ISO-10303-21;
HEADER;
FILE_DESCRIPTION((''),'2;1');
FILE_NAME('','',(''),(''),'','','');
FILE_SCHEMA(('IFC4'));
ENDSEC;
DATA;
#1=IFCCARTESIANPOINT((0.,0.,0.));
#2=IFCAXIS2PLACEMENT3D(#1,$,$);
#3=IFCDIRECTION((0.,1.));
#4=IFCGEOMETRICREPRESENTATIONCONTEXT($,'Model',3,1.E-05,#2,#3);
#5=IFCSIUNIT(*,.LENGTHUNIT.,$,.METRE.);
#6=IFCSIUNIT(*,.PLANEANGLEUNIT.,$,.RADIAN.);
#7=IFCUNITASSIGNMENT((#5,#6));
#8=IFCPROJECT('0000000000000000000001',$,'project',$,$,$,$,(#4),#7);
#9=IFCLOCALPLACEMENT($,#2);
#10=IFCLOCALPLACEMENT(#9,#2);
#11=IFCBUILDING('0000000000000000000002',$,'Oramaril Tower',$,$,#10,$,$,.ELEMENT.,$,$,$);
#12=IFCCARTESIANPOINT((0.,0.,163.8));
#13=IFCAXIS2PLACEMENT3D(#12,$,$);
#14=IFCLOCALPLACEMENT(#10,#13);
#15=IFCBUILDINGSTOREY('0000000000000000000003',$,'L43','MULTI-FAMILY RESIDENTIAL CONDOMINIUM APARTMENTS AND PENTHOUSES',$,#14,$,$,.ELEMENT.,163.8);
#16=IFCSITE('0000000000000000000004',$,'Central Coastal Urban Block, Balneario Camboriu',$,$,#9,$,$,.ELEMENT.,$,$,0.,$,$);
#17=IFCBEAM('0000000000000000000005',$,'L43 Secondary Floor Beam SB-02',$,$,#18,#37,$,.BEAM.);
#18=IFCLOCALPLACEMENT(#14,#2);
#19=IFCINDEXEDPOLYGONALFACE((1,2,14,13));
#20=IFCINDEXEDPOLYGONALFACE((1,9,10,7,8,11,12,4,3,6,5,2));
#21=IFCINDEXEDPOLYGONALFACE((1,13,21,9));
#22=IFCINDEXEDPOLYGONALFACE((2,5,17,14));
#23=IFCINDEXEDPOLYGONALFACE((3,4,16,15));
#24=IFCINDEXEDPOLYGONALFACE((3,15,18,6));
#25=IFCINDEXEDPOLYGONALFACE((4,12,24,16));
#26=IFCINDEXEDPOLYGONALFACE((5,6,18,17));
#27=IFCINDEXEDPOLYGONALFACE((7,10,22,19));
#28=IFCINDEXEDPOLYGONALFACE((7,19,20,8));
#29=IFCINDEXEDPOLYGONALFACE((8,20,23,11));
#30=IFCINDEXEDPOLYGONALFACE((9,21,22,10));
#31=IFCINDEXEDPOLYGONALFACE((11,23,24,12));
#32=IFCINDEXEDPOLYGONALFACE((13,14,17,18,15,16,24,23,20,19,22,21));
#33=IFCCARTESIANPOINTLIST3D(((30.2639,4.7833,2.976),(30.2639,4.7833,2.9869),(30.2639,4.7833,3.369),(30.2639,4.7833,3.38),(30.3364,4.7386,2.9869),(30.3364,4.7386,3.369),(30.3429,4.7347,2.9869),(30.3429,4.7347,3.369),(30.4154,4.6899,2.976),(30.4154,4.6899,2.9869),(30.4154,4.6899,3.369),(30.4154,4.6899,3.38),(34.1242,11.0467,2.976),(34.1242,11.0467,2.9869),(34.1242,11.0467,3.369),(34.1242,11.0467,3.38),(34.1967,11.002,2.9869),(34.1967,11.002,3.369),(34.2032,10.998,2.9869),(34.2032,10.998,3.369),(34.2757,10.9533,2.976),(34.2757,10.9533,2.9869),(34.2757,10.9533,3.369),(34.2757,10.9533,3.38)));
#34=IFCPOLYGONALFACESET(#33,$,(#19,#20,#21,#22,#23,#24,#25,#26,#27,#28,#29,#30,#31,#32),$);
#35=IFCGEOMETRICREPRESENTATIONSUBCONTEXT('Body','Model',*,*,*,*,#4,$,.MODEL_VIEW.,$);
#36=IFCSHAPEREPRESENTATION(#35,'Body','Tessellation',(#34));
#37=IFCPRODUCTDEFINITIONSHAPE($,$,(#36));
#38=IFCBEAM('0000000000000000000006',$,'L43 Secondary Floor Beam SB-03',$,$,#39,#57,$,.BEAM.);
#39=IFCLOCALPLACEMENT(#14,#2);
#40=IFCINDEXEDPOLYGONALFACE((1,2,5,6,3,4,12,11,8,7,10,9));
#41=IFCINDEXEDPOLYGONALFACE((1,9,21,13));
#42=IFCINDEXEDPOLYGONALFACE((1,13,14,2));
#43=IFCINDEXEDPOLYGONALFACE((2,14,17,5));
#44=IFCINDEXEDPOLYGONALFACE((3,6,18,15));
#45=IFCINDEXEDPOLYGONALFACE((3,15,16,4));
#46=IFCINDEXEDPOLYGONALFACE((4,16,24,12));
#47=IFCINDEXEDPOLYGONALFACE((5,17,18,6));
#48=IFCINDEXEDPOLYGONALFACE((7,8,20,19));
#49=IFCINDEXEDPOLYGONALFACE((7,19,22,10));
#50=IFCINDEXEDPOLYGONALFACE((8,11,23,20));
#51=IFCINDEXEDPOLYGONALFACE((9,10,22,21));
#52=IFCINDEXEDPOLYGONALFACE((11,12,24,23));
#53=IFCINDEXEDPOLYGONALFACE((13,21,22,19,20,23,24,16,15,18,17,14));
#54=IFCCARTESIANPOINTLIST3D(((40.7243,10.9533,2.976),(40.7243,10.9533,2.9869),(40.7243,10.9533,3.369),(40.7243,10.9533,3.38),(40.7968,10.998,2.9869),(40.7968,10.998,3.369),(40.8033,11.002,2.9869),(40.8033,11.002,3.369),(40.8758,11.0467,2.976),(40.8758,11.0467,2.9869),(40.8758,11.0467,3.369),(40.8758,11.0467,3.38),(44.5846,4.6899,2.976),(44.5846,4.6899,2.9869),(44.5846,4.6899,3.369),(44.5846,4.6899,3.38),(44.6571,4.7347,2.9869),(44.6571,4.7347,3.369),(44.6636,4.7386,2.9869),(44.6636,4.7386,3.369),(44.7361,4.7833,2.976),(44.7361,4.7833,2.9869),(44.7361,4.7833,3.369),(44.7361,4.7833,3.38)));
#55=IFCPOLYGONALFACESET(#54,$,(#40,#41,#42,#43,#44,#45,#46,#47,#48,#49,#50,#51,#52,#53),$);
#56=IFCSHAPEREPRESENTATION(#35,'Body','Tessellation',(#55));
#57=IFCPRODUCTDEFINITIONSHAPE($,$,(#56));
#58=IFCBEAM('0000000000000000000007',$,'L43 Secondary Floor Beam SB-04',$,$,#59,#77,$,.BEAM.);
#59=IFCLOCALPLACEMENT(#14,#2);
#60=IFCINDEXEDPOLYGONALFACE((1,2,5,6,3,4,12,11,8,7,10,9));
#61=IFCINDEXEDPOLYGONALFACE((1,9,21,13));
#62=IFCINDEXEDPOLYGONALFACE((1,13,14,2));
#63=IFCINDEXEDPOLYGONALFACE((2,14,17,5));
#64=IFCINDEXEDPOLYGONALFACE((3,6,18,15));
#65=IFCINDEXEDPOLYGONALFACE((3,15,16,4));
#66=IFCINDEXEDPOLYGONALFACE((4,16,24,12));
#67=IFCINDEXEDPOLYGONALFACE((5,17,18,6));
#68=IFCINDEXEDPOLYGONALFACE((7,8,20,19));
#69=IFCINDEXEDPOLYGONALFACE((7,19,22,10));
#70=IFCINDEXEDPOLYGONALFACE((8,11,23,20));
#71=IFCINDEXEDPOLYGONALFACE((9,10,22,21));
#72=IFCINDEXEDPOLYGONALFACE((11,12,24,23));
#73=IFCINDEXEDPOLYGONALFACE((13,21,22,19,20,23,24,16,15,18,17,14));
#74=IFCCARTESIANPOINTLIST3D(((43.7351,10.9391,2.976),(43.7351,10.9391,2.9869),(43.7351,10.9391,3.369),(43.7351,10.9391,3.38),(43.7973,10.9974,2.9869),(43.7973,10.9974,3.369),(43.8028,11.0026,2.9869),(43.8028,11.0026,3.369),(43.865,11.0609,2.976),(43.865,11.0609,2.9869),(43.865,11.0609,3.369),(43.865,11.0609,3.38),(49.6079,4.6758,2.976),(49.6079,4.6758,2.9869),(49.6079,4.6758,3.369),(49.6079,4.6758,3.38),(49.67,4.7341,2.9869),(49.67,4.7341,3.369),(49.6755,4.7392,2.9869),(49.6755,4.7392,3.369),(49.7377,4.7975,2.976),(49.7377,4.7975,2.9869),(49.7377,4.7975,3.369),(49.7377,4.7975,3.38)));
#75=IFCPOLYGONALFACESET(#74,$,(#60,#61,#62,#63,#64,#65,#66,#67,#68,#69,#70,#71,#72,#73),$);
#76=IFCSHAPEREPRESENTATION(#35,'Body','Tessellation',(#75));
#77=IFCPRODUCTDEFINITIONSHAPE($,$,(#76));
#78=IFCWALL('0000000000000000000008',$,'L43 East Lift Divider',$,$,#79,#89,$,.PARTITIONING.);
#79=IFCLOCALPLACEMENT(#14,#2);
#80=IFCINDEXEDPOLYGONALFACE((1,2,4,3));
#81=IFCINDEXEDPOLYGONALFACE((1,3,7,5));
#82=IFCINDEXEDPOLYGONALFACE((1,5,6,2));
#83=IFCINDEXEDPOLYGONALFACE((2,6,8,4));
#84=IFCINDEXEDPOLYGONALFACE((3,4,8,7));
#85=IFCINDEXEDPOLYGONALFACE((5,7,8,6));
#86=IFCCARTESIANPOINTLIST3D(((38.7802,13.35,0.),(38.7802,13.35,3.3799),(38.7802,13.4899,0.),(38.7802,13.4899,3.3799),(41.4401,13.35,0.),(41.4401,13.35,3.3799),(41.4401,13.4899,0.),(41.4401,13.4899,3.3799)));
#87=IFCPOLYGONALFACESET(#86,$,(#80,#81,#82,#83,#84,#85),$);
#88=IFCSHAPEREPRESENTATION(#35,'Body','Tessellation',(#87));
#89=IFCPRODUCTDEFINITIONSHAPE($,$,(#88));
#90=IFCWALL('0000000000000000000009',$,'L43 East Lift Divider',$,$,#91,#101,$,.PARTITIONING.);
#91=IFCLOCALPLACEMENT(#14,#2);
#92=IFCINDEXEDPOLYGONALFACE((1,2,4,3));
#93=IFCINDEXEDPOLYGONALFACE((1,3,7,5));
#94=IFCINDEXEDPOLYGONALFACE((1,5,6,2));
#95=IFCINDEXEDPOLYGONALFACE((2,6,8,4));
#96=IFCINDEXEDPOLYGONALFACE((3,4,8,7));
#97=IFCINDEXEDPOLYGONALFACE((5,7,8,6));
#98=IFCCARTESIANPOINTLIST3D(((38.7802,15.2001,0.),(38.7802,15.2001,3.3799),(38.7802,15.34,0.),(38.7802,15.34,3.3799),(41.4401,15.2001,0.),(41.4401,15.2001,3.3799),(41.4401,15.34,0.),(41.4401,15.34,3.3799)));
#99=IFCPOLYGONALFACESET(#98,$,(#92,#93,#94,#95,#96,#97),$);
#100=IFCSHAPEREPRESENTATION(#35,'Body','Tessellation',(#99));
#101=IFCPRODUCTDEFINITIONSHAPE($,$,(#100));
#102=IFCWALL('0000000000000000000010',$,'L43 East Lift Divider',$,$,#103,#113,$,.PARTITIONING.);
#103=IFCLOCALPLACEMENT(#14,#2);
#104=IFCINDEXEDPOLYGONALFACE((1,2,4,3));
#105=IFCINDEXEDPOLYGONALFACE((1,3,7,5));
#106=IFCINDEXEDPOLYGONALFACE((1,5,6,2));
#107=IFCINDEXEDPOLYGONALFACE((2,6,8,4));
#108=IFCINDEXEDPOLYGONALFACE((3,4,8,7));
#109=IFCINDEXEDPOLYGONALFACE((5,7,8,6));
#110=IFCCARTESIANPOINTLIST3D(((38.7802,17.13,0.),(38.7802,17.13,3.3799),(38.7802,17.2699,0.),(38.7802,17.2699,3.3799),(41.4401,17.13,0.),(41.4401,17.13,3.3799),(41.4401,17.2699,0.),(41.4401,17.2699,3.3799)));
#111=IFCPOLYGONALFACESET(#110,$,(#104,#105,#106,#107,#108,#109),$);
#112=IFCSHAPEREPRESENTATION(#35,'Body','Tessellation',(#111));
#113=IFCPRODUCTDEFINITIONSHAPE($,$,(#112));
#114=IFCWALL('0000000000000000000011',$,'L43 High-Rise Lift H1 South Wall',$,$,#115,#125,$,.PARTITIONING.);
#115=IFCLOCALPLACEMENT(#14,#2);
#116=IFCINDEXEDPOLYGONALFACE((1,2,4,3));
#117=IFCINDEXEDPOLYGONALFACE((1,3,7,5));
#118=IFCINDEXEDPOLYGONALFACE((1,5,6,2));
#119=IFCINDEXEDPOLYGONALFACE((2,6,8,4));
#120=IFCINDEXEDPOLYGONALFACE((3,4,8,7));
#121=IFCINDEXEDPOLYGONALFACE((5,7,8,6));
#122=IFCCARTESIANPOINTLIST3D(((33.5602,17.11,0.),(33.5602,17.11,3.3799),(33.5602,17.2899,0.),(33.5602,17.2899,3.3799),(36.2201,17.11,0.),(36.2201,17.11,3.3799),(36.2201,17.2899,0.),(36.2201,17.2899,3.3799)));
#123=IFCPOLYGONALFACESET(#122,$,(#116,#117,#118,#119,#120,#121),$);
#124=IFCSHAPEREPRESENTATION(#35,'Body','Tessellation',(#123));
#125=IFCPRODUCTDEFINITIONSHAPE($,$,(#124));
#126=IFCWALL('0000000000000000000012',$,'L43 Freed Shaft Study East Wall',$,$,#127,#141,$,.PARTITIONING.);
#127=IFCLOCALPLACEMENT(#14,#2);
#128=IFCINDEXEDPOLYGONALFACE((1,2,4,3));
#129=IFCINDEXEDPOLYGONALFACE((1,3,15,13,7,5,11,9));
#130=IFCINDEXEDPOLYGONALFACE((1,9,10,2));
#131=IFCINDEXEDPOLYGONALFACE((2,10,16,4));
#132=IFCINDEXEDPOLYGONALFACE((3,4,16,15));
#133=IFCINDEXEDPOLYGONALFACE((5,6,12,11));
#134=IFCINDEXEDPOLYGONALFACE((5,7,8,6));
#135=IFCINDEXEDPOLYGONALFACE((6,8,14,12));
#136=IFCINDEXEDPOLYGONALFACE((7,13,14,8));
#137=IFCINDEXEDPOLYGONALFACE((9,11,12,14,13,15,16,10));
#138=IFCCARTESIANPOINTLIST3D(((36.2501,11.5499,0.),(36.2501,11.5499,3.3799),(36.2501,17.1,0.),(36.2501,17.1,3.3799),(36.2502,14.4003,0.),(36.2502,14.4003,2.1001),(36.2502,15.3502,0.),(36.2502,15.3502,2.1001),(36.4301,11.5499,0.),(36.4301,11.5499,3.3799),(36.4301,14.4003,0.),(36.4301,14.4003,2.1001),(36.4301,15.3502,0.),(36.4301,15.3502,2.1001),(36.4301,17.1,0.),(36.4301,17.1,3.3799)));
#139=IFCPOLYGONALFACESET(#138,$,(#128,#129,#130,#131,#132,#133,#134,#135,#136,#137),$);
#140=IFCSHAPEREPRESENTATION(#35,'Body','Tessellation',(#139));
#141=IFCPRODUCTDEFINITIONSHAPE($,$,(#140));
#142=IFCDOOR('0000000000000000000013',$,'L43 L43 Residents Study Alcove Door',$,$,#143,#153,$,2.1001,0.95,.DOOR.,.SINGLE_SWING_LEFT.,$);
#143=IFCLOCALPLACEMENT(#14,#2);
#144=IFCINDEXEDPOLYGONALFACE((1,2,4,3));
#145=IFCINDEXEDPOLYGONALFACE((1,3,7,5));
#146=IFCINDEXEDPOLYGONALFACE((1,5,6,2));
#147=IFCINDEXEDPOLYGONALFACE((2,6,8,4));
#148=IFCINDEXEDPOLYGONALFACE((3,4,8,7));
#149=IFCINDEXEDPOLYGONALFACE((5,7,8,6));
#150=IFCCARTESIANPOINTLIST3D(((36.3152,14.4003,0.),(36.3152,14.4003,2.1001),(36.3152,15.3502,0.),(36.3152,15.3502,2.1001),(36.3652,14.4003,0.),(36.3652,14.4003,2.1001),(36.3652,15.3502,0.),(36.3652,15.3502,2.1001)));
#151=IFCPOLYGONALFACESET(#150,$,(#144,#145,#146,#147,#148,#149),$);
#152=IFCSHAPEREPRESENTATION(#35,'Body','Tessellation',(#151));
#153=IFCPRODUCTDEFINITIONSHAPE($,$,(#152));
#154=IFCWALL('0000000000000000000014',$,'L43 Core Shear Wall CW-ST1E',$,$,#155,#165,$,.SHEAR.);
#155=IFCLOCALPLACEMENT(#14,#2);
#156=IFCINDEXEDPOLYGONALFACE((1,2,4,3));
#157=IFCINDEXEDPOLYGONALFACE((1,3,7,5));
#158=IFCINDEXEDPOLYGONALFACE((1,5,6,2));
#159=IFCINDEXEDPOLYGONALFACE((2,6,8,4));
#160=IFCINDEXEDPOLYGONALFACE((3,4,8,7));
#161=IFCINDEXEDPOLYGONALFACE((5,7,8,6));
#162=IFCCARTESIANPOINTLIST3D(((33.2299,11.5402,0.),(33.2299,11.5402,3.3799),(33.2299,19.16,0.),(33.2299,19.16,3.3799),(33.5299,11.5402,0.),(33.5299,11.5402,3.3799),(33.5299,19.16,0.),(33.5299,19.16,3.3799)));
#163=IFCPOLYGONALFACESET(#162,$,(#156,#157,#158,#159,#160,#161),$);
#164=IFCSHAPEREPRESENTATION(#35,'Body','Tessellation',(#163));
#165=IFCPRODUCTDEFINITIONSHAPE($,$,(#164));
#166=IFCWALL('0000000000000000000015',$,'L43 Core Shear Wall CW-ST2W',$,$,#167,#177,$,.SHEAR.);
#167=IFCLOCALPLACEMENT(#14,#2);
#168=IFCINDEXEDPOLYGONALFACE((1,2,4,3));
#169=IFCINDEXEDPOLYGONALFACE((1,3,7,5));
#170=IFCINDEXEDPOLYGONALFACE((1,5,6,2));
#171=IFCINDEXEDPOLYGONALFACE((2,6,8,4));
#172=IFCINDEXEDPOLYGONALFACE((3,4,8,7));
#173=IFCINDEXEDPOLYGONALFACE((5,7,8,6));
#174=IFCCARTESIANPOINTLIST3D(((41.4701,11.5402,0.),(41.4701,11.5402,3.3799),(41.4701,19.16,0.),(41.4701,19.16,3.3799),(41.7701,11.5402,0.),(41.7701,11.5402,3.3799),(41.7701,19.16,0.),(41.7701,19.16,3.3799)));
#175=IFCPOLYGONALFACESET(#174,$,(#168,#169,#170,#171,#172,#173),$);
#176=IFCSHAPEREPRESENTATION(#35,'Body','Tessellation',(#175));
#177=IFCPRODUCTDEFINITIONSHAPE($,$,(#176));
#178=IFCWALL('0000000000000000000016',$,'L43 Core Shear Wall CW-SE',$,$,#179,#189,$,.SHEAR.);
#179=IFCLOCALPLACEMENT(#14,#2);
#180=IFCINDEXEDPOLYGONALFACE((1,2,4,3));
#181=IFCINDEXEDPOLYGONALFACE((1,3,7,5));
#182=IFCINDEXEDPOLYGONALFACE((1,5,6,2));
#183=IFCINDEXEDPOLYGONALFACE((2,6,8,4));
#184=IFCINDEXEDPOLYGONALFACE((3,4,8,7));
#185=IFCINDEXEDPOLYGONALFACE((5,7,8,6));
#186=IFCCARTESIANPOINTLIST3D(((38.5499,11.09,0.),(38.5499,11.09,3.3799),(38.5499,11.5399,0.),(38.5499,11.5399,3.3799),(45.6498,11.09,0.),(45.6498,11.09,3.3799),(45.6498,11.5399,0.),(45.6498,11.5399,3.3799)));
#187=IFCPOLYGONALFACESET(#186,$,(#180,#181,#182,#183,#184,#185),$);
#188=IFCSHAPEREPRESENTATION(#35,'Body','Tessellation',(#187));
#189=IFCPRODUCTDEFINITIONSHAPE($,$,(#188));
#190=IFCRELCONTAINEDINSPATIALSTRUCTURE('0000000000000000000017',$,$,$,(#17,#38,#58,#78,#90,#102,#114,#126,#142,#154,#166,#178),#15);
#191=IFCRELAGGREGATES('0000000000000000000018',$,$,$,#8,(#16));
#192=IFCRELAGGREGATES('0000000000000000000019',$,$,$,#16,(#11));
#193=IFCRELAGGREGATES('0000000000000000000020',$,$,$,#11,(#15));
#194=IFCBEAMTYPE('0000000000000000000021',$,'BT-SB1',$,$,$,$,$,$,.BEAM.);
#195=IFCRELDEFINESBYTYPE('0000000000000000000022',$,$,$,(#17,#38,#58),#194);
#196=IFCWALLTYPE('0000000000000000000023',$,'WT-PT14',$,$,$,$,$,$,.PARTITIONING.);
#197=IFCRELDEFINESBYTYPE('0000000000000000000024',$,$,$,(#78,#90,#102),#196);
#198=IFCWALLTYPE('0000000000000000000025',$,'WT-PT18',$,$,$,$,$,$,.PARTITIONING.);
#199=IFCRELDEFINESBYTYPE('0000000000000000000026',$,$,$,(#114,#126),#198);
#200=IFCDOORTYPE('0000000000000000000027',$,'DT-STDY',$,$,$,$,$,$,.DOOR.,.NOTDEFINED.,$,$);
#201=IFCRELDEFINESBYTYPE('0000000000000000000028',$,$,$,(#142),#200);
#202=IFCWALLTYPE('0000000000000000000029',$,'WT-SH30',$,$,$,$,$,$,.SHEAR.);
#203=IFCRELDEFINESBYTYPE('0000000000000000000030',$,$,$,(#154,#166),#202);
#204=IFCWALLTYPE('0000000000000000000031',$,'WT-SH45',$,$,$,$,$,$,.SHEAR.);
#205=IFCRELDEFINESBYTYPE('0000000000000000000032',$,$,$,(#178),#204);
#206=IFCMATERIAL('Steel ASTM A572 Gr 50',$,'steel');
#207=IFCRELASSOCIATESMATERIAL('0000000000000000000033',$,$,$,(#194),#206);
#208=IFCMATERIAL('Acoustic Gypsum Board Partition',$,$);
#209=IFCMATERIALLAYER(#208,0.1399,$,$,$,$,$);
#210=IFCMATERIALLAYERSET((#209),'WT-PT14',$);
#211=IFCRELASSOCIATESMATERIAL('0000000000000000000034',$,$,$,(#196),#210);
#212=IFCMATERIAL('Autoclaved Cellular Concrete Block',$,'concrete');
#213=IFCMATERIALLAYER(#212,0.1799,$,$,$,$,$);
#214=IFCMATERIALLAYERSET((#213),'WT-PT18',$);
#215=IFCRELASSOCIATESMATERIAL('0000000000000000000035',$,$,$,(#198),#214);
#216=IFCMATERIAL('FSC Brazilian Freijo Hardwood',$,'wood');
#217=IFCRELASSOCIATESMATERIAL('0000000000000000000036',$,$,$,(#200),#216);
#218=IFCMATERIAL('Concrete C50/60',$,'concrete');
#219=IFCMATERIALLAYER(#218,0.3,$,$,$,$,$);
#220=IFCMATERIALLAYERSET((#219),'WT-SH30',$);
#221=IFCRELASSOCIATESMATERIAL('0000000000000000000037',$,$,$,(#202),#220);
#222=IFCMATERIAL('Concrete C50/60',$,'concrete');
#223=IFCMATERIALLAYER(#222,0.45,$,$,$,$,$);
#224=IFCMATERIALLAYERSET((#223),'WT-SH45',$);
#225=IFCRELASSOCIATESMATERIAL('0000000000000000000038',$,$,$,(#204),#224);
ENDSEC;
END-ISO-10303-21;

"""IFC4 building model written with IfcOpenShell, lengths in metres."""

from ifc_helpers import new_model, si_unit, direction, frame, frame_2d, origin, origin_2d, place, context, subcontext, project, spatial, rectangle, i_section, extrude, material, layer, layer_set, material_profile, profile_set, type_object, element, fill, save


model = new_model("IFC4")

# Units and contexts
model_context = context("Model", 3, precision=1e-05, world=origin(), true_north=direction((0.0, 1.0)))
body_context = subcontext(model_context, "Body", "Model", "MODEL_VIEW")
ifc_project = project(units=[si_unit("LENGTHUNIT", "METRE"), si_unit("PLANEANGLEUNIT", "RADIAN")], contexts=[model_context])

# Site, building, storey
site_placement = place(None, origin())
site = spatial("IfcSite", under=ifc_project, at=site_placement, Name="Central Coastal Urban Block, Balneario Camboriu", CompositionType="ELEMENT", RefElevation=0.0)
building_placement = place(site_placement, origin())
building = spatial("IfcBuilding", under=site, at=building_placement, Name="Oramaril Tower", CompositionType="ELEMENT")
storey_placement = place(building_placement, frame((0.0, 0.0, 163.8)))
storey = spatial("IfcBuildingStorey", under=building, at=storey_placement, Name="L43", Description="MULTI-FAMILY RESIDENTIAL CONDOMINIUM APARTMENTS AND PENTHOUSES", CompositionType="ELEMENT", Elevation=163.8)

# Beams
ifc_material_1 = material(Name="Steel ASTM A572 Gr 50", Category="steel")
ifc_material_profile = material_profile(ifc_material_1, i_section(OverallWidth=0.178, OverallDepth=0.4041, WebThickness=0.0076, FlangeThickness=0.011, at=origin_2d()), Name="W16X36")
ifc_profile_set = profile_set([ifc_material_profile], Name="Steel ASTM A572 Gr 50")
beam_type = type_object("IfcBeamType", Name="BT-SB1", PredefinedType="BEAM", material=ifc_profile_set)
for number, where, z_axis, x_axis, name in (
    (1, (34.2, 11.0, 3.178), (-0.524682, -0.851298, 0.0), (0.851298, -0.524682, 0.0), "L43 Secondary Floor Beam SB-02"),
    (2, (40.8, 11.0, 3.178), (0.524682, -0.851298, 0.0), (0.851298, 0.524682, 0.0), "L43 Secondary Floor Beam SB-03"),
):
    element("IfcBeam", number, at=place(storey_placement, frame(where, z_axis=z_axis, x_axis=x_axis)), inside=storey, type_object=beam_type, Name=name, PredefinedType="BEAM", context=body_context, shape_type="SweptSolid", body=[
        extrude(i_section(OverallWidth=0.178, OverallDepth=0.4041, WebThickness=0.0076, FlangeThickness=0.011, at=origin_2d()), origin(), (0.0, 0.0, 1.0), 7.3574),
    ])
beam_placement = place(storey_placement, frame((43.8, 11.0, 3.178), z_axis=(0.683993, -0.729488, 0.0), x_axis=(0.729488, 0.683993, 0.0)))
element("IfcBeam", 3, at=beam_placement, inside=storey, type_object=beam_type, Name="L43 Secondary Floor Beam SB-04", PredefinedType="BEAM", context=body_context, shape_type="SweptSolid", body=[
    extrude(i_section(OverallWidth=0.178, OverallDepth=0.4041, WebThickness=0.0076, FlangeThickness=0.011, at=origin_2d()), origin(), (0.0, 0.0, 1.0), 8.5859),
])

# Walls
ifc_material_2 = material(Name="Acoustic Gypsum Board Partition")
ifc_layer_1 = layer(ifc_material_2, 0.1399)
ifc_layer_set_1 = layer_set([ifc_layer_1], Name="WT-PT14")
wall_type_1 = type_object("IfcWallType", Name="WT-PT14", PredefinedType="PARTITIONING", material=ifc_layer_set_1)
for number, where, z_axis, x_axis, name in (
    (4, (38.78, 13.4199, 0.0), (0.0, 0.0, 1.0), (1.0, 0.0, 0.0), "L43 East Lift Divider"),
    (5, (38.78, 15.27, 0.0), (0.0, 0.0, 1.0), (1.0, 0.0, 0.0), "L43 East Lift Divider"),
    (6, (38.78, 17.2, 0.0), (0.0, 0.0, 1.0), (1.0, 0.0, 0.0), "L43 East Lift Divider"),
):
    element("IfcWall", number, at=place(storey_placement, frame(where, z_axis=z_axis, x_axis=x_axis)), inside=storey, type_object=wall_type_1, Name=name, PredefinedType="PARTITIONING", context=body_context, shape_type="SweptSolid", body=[
        extrude(rectangle(XDim=2.6599, YDim=0.1399, at=frame_2d((1.3301, 0.0))), origin(), (0.0, 0.0, 1.0), 3.3799),
    ])
ifc_material_3 = material(Name="Autoclaved Cellular Concrete Block", Category="concrete")
ifc_layer_2 = layer(ifc_material_3, 0.1799)
ifc_layer_set_2 = layer_set([ifc_layer_2], Name="WT-PT18")
wall_type_2 = type_object("IfcWallType", Name="WT-PT18", PredefinedType="PARTITIONING", material=ifc_layer_set_2)
wall_1_placement = place(storey_placement, frame((33.5601, 17.2, 0.0), z_axis=(0.0, 0.0, 1.0), x_axis=(1.0, 0.0, 0.0)))
element("IfcWall", 7, at=wall_1_placement, inside=storey, type_object=wall_type_2, Name="L43 High-Rise Lift H1 South Wall", PredefinedType="PARTITIONING", context=body_context, shape_type="SweptSolid", body=[
    extrude(rectangle(XDim=2.6599, YDim=0.1799, at=frame_2d((1.3301, 0.0))), origin(), (0.0, 0.0, 1.0), 3.3799),
])

# Wall, opening, door
wall_2_placement = place(storey_placement, frame((36.3401, 11.55, 0.0), z_axis=(0.0, 0.0, 1.0), x_axis=(0.0, 1.0, 0.0)))
wall_2 = element("IfcWall", 8, at=wall_2_placement, inside=storey, type_object=wall_type_2, Name="L43 Freed Shaft Study East Wall", PredefinedType="PARTITIONING", context=body_context, shape_type="SweptSolid", body=[
    extrude(rectangle(XDim=5.55, YDim=0.1799, at=frame_2d((2.7749, 0.0))), origin(), (0.0, 0.0, 1.0), 3.3799),
])
opening_1_placement = place(wall_2_placement, frame((2.8501, 0.0, 0.0)))
opening_1 = element("IfcOpeningElement", 9, at=opening_1_placement, cuts=wall_2, PredefinedType="OPENING", context=body_context, shape_type="SweptSolid", body=[
    extrude(rectangle(XDim=0.95, YDim=2.1001, at=frame_2d((0.4751, 1.05))), frame((0.0, 0.0898, 0.0), z_axis=(0.0, -1.0, 0.0), x_axis=(1.0, 0.0, 0.0)), (0.0, 0.0, 1.0), 0.1799),
])
ifc_material_4 = material(Name="FSC Brazilian Freijo Hardwood", Category="wood")
door_type_1 = type_object("IfcDoorType", Name="DT-STDY", OperationType="NOTDEFINED", PredefinedType="DOOR", material=ifc_material_4)
door_1_placement = place(opening_1_placement, origin())
door_1 = element("IfcDoor", 10, at=door_1_placement, inside=storey, type_object=door_type_1, Name="L43 L43 Residents Study Alcove Door", OperationType="SINGLE_SWING_LEFT", OverallHeight=2.1001, OverallWidth=0.95, PredefinedType="DOOR", context=body_context, shape_type="SweptSolid", body=[
    extrude(rectangle(XDim=0.95, YDim=2.1001, at=frame_2d((0.4751, 1.05))), frame((0.0, 0.0249, 0.0), z_axis=(0.0, -1.0, 0.0), x_axis=(1.0, 0.0, 0.0)), (0.0, 0.0, 1.0), 0.05),
])
fill(opening_1, door_1)

# Walls
ifc_material_5 = material(Name="Concrete C50/60", Category="concrete")
ifc_layer_3 = layer(ifc_material_5, 0.3)
ifc_layer_set_3 = layer_set([ifc_layer_3], Name="WT-SH30")
wall_type_3 = type_object("IfcWallType", Name="WT-SH30", PredefinedType="SHEAR", material=ifc_layer_set_3)
for number, where, z_axis, x_axis, name in (
    (11, (33.3799, 11.54, 0.0), (0.0, 0.0, 1.0), (0.0, 1.0, 0.0), "L43 Core Shear Wall CW-ST1E"),
    (12, (41.6201, 11.54, 0.0), (0.0, 0.0, 1.0), (0.0, 1.0, 0.0), "L43 Core Shear Wall CW-ST2W"),
):
    element("IfcWall", number, at=place(storey_placement, frame(where, z_axis=z_axis, x_axis=x_axis)), inside=storey, type_object=wall_type_3, Name=name, PredefinedType="SHEAR", context=body_context, shape_type="SweptSolid", body=[
        extrude(rectangle(XDim=7.6199, YDim=0.3, at=frame_2d((3.8101, 0.0))), origin(), (0.0, 0.0, 1.0), 3.3799),
    ])
ifc_material_6 = material(Name="Concrete C50/60", Category="concrete")
ifc_layer_4 = layer(ifc_material_6, 0.45)
ifc_layer_set_4 = layer_set([ifc_layer_4], Name="WT-SH45")
wall_type_4 = type_object("IfcWallType", Name="WT-SH45", PredefinedType="SHEAR", material=ifc_layer_set_4)
wall_3_placement = place(storey_placement, frame((38.55, 11.3149, 0.0), z_axis=(0.0, 0.0, 1.0), x_axis=(1.0, 0.0, 0.0)))
element("IfcWall", 13, at=wall_3_placement, inside=storey, type_object=wall_type_4, Name="L43 Core Shear Wall CW-SE", PredefinedType="SHEAR", context=body_context, shape_type="SweptSolid", body=[
    extrude(rectangle(XDim=7.0999, YDim=0.45, at=frame_2d((3.5498, 0.0))), origin(), (0.0, 0.0, 1.0), 3.3799),
])

save(model, "model.ifc")
